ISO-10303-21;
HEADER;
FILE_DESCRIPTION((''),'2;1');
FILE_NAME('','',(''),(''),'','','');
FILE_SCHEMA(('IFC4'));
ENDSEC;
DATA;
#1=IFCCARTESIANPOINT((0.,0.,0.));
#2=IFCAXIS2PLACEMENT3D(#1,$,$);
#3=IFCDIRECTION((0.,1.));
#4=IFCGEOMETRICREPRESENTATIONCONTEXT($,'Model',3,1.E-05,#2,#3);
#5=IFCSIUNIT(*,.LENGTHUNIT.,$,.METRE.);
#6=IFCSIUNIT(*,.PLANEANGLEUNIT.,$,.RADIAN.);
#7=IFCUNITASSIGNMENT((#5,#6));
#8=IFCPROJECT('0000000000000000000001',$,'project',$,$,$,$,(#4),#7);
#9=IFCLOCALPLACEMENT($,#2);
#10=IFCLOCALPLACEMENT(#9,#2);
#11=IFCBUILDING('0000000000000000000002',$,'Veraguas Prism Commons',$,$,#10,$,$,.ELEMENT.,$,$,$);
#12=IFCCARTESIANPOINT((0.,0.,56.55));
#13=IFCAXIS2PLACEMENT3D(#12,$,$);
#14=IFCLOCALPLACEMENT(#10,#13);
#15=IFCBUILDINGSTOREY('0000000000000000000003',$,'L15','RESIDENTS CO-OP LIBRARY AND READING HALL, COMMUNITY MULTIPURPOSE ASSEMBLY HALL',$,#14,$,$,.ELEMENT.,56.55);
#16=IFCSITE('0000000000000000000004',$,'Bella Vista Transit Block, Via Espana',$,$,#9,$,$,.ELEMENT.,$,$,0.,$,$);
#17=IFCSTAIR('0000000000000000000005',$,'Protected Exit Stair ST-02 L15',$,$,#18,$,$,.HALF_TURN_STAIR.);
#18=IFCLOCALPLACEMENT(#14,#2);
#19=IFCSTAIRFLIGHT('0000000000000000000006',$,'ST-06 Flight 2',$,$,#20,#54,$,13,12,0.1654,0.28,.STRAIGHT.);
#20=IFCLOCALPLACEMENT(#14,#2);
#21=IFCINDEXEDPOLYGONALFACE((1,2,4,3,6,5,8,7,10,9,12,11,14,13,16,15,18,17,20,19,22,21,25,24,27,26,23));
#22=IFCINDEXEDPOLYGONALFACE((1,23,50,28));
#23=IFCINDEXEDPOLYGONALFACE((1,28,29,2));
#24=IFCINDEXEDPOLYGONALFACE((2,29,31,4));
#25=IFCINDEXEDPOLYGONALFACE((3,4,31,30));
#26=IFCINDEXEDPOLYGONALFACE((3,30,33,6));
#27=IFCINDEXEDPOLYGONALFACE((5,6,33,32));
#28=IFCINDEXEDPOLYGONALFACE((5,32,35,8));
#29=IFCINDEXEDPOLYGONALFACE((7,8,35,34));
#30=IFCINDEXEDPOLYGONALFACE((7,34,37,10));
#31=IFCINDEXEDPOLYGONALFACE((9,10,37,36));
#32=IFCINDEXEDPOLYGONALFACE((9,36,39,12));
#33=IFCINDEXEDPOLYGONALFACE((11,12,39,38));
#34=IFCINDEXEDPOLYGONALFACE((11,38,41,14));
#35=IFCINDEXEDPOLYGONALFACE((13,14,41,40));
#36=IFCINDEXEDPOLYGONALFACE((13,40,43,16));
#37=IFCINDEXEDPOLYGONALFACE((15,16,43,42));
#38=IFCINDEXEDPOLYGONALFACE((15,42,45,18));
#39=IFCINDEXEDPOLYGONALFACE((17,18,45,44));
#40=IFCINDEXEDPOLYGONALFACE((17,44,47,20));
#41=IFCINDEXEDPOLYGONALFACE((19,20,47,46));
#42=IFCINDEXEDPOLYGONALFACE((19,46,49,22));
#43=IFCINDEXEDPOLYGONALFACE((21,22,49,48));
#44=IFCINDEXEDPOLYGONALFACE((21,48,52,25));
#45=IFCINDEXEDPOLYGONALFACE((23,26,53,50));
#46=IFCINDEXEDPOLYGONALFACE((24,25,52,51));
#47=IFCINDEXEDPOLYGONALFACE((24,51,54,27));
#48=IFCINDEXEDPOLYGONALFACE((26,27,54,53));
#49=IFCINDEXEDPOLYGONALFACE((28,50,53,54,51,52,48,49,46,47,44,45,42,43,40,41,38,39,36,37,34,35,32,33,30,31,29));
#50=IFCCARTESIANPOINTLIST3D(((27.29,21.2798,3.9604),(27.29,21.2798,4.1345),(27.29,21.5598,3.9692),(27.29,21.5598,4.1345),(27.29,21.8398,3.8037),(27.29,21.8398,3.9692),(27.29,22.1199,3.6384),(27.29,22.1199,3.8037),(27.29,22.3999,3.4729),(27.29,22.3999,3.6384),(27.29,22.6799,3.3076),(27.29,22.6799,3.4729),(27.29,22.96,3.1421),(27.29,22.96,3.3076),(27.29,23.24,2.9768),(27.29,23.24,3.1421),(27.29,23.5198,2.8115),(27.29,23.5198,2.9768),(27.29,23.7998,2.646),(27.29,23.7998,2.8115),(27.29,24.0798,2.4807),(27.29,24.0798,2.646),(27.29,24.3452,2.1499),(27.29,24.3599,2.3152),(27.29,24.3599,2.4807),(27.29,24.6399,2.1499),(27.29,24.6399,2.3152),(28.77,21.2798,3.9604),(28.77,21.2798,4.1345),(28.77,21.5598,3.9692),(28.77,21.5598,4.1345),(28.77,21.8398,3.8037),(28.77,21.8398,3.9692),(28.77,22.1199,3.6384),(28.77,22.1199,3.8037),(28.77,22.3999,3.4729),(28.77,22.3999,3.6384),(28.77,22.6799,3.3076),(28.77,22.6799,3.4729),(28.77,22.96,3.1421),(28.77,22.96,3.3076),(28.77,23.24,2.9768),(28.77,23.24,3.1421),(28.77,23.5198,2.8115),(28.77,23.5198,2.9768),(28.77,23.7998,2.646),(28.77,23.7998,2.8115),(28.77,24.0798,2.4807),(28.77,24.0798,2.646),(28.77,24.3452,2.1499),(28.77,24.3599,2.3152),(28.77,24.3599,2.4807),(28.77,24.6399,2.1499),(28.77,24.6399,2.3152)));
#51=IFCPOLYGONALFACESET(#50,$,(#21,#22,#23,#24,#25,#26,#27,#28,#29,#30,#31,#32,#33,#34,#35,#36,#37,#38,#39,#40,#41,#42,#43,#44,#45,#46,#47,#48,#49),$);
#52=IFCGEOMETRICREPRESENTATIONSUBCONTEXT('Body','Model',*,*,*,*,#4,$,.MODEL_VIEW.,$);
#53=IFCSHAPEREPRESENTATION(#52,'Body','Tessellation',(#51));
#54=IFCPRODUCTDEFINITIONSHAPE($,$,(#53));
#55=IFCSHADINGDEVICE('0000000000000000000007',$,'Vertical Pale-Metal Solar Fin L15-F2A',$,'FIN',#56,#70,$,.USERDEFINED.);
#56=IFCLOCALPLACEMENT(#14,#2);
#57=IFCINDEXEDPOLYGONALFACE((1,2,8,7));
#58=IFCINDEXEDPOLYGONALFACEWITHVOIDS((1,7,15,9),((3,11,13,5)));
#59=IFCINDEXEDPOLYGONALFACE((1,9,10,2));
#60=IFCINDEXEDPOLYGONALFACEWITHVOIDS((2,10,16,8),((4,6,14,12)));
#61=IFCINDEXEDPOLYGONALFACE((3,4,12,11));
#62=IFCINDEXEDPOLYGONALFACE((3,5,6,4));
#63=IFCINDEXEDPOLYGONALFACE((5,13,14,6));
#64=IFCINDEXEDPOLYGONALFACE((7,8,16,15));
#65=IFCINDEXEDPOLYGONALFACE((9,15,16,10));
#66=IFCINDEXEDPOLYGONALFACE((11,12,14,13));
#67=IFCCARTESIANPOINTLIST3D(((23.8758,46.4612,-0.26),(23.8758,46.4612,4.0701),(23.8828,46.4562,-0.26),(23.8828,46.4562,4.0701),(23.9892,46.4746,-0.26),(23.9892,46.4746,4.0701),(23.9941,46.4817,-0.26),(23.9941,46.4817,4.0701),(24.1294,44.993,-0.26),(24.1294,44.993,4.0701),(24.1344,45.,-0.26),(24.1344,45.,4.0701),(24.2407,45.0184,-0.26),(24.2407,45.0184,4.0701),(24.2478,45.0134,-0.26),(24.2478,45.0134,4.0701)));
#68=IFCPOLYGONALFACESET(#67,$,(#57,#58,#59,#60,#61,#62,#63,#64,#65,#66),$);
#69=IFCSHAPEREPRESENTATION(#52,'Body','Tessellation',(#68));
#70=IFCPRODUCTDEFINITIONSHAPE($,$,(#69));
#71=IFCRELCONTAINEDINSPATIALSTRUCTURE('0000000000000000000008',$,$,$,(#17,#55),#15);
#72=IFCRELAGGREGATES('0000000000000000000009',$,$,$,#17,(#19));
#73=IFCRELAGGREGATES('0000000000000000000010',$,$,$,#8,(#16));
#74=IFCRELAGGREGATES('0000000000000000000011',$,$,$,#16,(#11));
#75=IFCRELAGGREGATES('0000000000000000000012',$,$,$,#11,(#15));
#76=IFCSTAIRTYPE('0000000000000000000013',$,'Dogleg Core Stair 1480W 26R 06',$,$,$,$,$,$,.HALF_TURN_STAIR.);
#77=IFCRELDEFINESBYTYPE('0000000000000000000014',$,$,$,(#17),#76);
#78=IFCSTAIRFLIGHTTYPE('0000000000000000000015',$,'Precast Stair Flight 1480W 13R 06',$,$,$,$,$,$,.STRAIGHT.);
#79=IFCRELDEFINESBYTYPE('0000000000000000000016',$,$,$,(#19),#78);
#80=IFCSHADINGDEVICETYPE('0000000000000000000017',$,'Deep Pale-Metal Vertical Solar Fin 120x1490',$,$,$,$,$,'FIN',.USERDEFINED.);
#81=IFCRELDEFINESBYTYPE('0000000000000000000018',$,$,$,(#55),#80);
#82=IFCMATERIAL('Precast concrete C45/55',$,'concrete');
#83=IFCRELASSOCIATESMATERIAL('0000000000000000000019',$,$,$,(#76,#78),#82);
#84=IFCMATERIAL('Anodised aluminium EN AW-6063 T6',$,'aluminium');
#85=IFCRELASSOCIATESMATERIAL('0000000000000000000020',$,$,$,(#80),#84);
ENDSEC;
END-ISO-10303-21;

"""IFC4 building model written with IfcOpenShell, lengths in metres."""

from ifc_helpers import new_model, si_unit, direction, frame, origin, origin_2d, place, context, subcontext, project, spatial, polyline, hollow_rectangle, outline, extrude, material, material_profile, profile_set, type_object, element, aggregate, save


model = new_model("IFC4")

# Units and contexts
model_context = context("Model", 3, precision=1e-05, world=origin(), true_north=direction((0.0, 1.0)))
body_context = subcontext(model_context, "Body", "Model", "MODEL_VIEW")
ifc_project = project(units=[si_unit("LENGTHUNIT", "METRE"), si_unit("PLANEANGLEUNIT", "RADIAN")], contexts=[model_context])

# Site, building, storey
site_placement = place(None, origin())
site = spatial("IfcSite", under=ifc_project, at=site_placement, Name="Bella Vista Transit Block, Via Espana", CompositionType="ELEMENT", RefElevation=0.0)
building_placement = place(site_placement, origin())
building = spatial("IfcBuilding", under=site, at=building_placement, Name="Veraguas Prism Commons", CompositionType="ELEMENT")
storey_placement = place(building_placement, frame((0.0, 0.0, 56.55)))
storey = spatial("IfcBuildingStorey", under=building, at=storey_placement, Name="L15", Description="RESIDENTS CO-OP LIBRARY AND READING HALL, COMMUNITY MULTIPURPOSE ASSEMBLY HALL", CompositionType="ELEMENT", Elevation=56.55)

# Shared definitions
ifc_material_1 = material(Name="Anodised aluminium EN AW-6063 T6", Category="aluminium")

# Stair, stair flight
ifc_material_2 = material(Name="Precast concrete C45/55", Category="concrete")
stair_type = type_object("IfcStairType", Name="Dogleg Core Stair 1480W 26R 06", PredefinedType="HALF_TURN_STAIR", material=ifc_material_2)
stair_placement = place(storey_placement, origin())
stair = element("IfcStair", 1, at=stair_placement, inside=storey, type_object=stair_type, Name="Protected Exit Stair ST-02 L15", PredefinedType="HALF_TURN_STAIR")
stair_flight_type = type_object("IfcStairFlightType", Name="Precast Stair Flight 1480W 13R 06", PredefinedType="STRAIGHT", material=ifc_material_2)
stair_flight_placement = place(storey_placement, frame((28.03, 24.6399, 2.1499), z_axis=(0.0, 0.0, 1.0), x_axis=(0.0, -1.0, 0.0)))
stair_flight = element("IfcStairFlight", 2, at=stair_flight_placement, type_object=stair_flight_type, Name="ST-06 Flight 2", NumberOfRisers=13, NumberOfTreads=12, PredefinedType="STRAIGHT", RiserHeight=0.1654, TreadLength=0.28, context=body_context, shape_type="SweptSolid", body=[
    extrude(outline(polyline([(0.0, 0.0), (0.0, 0.1653), (0.28, 0.1653), (0.28, 0.3308), (0.5601, 0.3308), (0.5601, 0.4961), (0.8401, 0.4961), (0.8401, 0.6616), (1.1201, 0.6616), (1.1201, 0.8269), (1.3999, 0.8269), (1.3999, 0.9922), (1.6799, 0.9922), (1.6799, 1.1577), (1.96, 1.1577), (1.96, 1.323), (2.24, 1.323), (2.24, 1.4885), (2.52, 1.4885), (2.52, 1.6538), (2.8, 1.6538), (2.8, 1.8193), (3.0801, 1.8193), (3.0801, 1.9846), (3.3601, 1.9846), (3.3601, 2.1499), (3.3601, 1.8105), (0.2947, 0.0), (0.0, 0.0)])), frame((0.0, 0.74, 0.0), z_axis=(0.0, -1.0, 0.0), x_axis=(1.0, 0.0, 0.0)), (0.0, 0.0, 1.0), 1.48),
])
aggregate(stair, [stair_flight])

# Shading device
ifc_material_profile_1 = material_profile(ifc_material_1, hollow_rectangle(XDim=0.1201, YDim=1.49, WallThickness=0.0061, at=origin_2d()), Name="FIN120X1490X6")
ifc_profile_set_1 = profile_set([ifc_material_profile_1], Name="Anodised aluminium EN AW-6063 T6")
shading_device_type = type_object("IfcShadingDeviceType", Name="Deep Pale-Metal Vertical Solar Fin 120x1490", ElementType="FIN", PredefinedType="USERDEFINED", material=ifc_profile_set_1)
shading_device_placement = place(storey_placement, frame((24.0618, 45.7373, -0.26), z_axis=(0.0, 0.0, 1.0), x_axis=(-0.985408, -0.170209, 0.0)))
element("IfcShadingDevice", 3, at=shading_device_placement, inside=storey, type_object=shading_device_type, Name="Vertical Pale-Metal Solar Fin L15-F2A", ObjectType="FIN", PredefinedType="USERDEFINED", context=body_context, shape_type="SweptSolid", body=[
    extrude(hollow_rectangle(XDim=0.1201, YDim=1.49, WallThickness=0.0061, at=origin_2d()), origin(), (0.0, 0.0, 1.0), 4.3301),
])

save(model, "model.ifc")
